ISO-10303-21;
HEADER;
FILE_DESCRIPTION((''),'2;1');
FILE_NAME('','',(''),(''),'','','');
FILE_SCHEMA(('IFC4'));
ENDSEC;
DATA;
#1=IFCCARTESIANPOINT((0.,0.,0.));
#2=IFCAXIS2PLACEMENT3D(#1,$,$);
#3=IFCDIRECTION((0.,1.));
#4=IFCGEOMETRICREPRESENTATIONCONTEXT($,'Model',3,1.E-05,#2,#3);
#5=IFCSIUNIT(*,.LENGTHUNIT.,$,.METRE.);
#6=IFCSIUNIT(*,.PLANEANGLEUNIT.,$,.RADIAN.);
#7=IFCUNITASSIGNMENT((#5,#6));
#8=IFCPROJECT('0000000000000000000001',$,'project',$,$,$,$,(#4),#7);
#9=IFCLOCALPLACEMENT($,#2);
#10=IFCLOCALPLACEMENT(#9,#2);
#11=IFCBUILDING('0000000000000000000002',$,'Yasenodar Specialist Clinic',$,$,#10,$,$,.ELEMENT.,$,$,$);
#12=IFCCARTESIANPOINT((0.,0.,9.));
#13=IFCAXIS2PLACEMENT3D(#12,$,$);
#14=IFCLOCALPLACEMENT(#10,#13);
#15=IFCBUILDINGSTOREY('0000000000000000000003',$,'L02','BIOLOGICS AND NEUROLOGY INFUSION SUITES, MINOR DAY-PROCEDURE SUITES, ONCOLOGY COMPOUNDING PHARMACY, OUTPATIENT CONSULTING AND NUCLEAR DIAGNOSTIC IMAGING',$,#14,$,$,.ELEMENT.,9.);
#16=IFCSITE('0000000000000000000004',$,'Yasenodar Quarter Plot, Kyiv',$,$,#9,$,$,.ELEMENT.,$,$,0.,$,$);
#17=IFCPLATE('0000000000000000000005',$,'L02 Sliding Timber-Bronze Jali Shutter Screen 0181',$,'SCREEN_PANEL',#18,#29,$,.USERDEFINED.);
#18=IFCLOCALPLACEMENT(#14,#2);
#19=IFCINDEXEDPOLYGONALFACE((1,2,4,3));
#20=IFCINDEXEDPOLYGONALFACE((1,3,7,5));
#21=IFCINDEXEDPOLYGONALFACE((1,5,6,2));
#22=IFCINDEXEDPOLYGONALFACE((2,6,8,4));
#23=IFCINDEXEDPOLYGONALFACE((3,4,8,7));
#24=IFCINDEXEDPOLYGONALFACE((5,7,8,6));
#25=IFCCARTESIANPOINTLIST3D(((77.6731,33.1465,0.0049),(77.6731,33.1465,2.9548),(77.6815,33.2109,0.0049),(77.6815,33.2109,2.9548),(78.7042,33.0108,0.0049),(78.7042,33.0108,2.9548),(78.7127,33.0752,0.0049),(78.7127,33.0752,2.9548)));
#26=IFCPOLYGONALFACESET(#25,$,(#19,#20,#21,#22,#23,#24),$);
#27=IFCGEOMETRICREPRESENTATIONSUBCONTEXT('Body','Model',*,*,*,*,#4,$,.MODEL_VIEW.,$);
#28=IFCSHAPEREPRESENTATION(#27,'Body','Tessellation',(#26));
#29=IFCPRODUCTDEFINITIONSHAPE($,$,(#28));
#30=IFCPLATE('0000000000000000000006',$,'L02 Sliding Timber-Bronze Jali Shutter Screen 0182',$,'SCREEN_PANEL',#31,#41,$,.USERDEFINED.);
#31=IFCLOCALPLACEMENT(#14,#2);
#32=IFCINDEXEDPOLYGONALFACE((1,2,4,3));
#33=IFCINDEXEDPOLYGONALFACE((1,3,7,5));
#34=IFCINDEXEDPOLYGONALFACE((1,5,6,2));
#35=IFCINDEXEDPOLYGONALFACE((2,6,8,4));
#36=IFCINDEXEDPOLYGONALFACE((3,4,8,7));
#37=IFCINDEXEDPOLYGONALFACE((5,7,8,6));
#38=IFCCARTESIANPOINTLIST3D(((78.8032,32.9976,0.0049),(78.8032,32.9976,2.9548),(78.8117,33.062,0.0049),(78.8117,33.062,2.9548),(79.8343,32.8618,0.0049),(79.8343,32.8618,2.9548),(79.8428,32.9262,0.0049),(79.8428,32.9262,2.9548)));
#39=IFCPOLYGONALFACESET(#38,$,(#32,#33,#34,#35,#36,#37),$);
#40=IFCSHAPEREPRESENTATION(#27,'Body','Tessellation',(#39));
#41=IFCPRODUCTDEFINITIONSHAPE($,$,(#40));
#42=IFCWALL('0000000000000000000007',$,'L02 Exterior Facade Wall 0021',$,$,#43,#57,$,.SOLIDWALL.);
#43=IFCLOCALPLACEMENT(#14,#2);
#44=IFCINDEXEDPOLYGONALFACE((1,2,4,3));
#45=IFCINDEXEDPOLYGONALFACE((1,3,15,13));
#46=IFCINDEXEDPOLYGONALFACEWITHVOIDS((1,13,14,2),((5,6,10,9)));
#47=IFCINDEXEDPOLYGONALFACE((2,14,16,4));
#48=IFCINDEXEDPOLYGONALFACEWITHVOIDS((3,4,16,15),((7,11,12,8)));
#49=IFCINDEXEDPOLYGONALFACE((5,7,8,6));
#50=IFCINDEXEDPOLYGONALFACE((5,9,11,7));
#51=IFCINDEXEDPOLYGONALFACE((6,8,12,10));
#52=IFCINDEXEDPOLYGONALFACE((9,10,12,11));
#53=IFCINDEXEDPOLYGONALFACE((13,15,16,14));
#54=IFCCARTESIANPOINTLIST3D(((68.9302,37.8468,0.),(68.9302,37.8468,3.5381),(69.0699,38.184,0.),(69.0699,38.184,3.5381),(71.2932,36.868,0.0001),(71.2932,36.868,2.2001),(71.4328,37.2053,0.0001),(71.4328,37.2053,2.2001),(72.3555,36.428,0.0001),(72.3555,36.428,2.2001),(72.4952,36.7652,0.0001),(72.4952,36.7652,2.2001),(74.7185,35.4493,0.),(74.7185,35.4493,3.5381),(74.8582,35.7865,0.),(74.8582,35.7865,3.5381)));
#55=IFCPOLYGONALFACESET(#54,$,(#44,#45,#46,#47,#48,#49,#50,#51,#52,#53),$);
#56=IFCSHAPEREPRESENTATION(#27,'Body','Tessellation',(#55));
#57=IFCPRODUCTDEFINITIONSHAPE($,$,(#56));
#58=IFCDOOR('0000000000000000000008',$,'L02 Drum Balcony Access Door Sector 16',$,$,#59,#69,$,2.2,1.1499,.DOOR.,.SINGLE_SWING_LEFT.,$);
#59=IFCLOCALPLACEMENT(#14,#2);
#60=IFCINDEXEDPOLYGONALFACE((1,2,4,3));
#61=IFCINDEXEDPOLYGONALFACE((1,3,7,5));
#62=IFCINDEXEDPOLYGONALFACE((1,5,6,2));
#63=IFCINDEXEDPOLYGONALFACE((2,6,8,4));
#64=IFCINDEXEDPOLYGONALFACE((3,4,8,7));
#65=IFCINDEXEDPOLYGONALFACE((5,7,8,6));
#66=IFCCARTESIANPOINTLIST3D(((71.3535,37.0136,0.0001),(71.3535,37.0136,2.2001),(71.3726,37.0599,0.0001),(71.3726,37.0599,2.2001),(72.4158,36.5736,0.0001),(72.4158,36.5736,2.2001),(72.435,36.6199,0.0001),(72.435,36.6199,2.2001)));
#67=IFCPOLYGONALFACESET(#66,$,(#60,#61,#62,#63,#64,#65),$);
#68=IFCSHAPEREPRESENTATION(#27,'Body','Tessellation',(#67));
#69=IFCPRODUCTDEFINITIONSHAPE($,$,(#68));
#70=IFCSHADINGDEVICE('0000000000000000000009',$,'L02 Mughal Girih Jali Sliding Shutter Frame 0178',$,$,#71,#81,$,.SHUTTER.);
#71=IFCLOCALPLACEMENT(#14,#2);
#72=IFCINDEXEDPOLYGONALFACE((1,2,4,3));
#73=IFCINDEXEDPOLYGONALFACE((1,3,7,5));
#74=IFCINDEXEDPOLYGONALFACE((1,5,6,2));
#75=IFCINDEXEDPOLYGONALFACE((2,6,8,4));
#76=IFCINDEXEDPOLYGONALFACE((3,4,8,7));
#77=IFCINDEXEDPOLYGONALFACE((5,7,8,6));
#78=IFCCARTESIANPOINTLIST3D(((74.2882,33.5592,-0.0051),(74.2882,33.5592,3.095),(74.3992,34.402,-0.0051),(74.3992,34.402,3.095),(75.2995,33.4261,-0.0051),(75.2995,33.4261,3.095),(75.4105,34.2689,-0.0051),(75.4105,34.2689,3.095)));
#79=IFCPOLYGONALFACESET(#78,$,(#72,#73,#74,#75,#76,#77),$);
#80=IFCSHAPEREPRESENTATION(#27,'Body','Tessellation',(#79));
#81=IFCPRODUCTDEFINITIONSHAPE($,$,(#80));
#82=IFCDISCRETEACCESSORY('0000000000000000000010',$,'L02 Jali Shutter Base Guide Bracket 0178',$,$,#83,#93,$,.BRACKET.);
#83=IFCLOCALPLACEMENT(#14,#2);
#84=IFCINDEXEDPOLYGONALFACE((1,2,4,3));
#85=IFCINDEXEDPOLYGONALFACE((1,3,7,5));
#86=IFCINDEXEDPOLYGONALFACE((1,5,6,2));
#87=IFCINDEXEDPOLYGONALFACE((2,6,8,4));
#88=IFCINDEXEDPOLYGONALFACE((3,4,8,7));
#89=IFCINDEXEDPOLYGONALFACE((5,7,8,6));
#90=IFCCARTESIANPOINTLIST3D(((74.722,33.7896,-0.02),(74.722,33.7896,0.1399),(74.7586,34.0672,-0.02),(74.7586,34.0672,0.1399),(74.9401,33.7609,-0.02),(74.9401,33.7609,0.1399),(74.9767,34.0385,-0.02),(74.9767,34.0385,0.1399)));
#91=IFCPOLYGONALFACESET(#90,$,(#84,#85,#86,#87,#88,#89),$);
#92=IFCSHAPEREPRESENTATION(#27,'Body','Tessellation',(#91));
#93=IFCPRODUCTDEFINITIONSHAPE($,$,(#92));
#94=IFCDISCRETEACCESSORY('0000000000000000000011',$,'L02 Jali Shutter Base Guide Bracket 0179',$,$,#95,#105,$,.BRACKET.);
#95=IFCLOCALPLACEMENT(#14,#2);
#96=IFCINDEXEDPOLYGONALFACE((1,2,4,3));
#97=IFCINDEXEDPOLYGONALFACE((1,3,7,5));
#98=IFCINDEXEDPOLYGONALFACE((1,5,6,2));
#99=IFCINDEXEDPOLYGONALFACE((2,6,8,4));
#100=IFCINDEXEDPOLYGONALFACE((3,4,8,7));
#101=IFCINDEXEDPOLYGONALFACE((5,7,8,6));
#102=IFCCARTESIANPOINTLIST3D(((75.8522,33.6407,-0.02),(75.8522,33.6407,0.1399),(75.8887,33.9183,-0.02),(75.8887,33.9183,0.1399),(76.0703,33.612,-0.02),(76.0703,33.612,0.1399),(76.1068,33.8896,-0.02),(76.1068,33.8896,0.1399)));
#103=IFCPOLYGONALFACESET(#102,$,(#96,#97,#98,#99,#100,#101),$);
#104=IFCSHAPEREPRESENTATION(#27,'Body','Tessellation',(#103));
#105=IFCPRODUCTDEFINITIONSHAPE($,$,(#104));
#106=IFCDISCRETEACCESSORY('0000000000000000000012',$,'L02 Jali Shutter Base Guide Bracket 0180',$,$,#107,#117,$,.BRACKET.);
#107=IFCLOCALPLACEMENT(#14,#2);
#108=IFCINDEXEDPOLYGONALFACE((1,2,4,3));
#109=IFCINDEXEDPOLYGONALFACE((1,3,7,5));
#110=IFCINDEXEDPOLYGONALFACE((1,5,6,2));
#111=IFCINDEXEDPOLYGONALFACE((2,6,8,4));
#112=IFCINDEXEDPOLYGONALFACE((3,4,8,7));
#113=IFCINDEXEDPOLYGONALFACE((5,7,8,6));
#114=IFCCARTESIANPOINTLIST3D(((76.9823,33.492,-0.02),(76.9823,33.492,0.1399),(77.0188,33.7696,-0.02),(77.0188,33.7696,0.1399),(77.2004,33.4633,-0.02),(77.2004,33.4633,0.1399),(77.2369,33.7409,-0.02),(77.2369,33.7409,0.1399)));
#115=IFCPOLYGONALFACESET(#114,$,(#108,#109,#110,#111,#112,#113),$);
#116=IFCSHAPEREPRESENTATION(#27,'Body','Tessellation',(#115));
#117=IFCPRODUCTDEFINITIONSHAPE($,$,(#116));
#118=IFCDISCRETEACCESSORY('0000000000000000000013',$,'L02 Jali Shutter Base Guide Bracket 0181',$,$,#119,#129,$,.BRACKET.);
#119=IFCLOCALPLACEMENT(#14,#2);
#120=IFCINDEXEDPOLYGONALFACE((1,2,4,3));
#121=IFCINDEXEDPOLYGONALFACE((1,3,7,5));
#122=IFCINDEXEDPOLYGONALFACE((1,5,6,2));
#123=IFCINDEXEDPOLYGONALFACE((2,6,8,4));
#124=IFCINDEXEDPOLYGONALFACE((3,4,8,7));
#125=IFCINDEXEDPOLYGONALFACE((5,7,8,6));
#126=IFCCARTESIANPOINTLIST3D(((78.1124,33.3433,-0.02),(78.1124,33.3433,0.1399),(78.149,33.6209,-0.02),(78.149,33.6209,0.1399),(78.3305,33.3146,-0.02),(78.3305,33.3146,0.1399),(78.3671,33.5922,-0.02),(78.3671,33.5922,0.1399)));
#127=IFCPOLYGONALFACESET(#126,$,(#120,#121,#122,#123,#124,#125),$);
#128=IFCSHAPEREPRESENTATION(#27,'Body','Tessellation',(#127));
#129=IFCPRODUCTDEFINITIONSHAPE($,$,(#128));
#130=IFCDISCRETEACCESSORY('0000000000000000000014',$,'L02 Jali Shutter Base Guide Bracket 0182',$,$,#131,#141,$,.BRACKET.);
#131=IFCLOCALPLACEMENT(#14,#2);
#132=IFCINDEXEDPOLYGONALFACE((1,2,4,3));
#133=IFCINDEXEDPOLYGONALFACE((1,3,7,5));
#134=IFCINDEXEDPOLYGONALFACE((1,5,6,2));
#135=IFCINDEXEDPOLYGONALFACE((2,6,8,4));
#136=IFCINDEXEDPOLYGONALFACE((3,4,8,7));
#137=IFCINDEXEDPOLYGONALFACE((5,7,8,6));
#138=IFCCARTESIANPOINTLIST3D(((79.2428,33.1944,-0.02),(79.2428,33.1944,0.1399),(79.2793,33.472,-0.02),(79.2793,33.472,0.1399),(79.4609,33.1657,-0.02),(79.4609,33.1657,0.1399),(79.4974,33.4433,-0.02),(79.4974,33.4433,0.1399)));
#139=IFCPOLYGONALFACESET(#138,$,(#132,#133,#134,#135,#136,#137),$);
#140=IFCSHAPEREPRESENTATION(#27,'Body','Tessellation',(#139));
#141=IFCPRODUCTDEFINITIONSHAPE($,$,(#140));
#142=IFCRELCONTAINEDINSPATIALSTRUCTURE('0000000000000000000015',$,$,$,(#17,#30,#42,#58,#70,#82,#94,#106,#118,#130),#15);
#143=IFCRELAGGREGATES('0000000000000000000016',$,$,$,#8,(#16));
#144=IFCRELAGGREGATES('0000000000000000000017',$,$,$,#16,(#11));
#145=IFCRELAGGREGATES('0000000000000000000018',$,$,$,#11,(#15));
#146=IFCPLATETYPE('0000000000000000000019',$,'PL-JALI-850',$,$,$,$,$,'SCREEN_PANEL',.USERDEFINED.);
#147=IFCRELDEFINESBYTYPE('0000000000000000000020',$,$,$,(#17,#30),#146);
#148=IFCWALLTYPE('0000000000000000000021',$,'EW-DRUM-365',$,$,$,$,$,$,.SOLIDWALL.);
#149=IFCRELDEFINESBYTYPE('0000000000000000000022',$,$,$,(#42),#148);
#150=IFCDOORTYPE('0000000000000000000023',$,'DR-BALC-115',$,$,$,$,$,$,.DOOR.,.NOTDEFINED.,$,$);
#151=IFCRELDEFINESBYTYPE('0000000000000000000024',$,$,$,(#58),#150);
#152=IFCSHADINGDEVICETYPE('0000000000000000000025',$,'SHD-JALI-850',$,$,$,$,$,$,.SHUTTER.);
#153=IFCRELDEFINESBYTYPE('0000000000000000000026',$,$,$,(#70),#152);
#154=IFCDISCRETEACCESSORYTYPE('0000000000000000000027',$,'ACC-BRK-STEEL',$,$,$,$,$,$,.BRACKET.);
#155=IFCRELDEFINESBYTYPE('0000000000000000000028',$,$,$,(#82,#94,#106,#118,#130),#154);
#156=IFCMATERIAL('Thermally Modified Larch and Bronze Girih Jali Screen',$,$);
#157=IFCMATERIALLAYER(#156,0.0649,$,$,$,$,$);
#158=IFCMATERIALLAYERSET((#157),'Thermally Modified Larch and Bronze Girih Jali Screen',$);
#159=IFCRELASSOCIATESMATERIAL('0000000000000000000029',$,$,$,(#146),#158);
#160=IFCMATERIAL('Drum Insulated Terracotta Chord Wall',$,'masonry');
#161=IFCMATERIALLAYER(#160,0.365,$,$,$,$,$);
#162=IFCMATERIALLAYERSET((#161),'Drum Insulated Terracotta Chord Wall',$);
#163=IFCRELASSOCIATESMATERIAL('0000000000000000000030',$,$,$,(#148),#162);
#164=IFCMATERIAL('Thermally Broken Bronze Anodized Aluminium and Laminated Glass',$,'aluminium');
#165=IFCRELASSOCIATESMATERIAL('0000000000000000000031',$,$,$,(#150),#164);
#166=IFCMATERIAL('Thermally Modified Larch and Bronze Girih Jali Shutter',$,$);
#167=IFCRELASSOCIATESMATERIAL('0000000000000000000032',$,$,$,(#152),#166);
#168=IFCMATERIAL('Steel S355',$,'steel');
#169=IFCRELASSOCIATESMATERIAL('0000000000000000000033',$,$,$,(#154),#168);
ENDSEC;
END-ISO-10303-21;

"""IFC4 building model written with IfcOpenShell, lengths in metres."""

from ifc_helpers import new_model, si_unit, direction, frame, frame_2d, origin, origin_2d, place, context, subcontext, project, spatial, rectangle, extrude, material, layer, layer_set, type_object, element, fill, save


model = new_model("IFC4")

# Units and contexts
model_context = context("Model", 3, precision=1e-05, world=origin(), true_north=direction((0.0, 1.0)))
body_context = subcontext(model_context, "Body", "Model", "MODEL_VIEW")
ifc_project = project(units=[si_unit("LENGTHUNIT", "METRE"), si_unit("PLANEANGLEUNIT", "RADIAN")], contexts=[model_context])

# Site, building, storey
site_placement = place(None, origin())
site = spatial("IfcSite", under=ifc_project, at=site_placement, Name="Yasenodar Quarter Plot, Kyiv", CompositionType="ELEMENT", RefElevation=0.0)
building_placement = place(site_placement, origin())
building = spatial("IfcBuilding", under=site, at=building_placement, Name="Yasenodar Specialist Clinic", CompositionType="ELEMENT")
storey_placement = place(building_placement, frame((0.0, 0.0, 9.0)))
storey = spatial("IfcBuildingStorey", under=building, at=storey_placement, Name="L02", Description="BIOLOGICS AND NEUROLOGY INFUSION SUITES, MINOR DAY-PROCEDURE SUITES, ONCOLOGY COMPOUNDING PHARMACY, OUTPATIENT CONSULTING AND NUCLEAR DIAGNOSTIC IMAGING", CompositionType="ELEMENT", Elevation=9.0)

# Plates
ifc_material_1 = material(Name="Thermally Modified Larch and Bronze Girih Jali Screen")
ifc_layer_1 = layer(ifc_material_1, 0.0649)
ifc_layer_set_1 = layer_set([ifc_layer_1], Name="Thermally Modified Larch and Bronze Girih Jali Screen")
plate_type_1 = type_object("IfcPlateType", Name="PL-JALI-850", ElementType="SCREEN_PANEL", PredefinedType="USERDEFINED", material=ifc_layer_set_1)
for number, where, z_axis, x_axis, name in (
    (1, (78.1929, 33.1108, 0.0049), (0.0, 0.0, 1.0), (0.991446, -0.130519, 0.0), "L02 Sliding Timber-Bronze Jali Shutter Screen 0181"),
    (2, (79.323, 32.9619, 0.0049), (0.0, 0.0, 1.0), (0.991446, -0.130519, 0.0), "L02 Sliding Timber-Bronze Jali Shutter Screen 0182"),
):
    element("IfcPlate", number, at=place(storey_placement, frame(where, z_axis=z_axis, x_axis=x_axis)), inside=storey, type_object=plate_type_1, Name=name, ObjectType="SCREEN_PANEL", PredefinedType="USERDEFINED", context=body_context, shape_type="SweptSolid", body=[
        extrude(rectangle(XDim=1.04, YDim=0.0649, at=origin_2d()), origin(), (0.0, 0.0, 1.0), 2.95),
    ])

# Wall, opening, door
ifc_material_2 = material(Name="Drum Insulated Terracotta Chord Wall", Category="masonry")
ifc_layer_2 = layer(ifc_material_2, 0.365)
ifc_layer_set_2 = layer_set([ifc_layer_2], Name="Drum Insulated Terracotta Chord Wall")
wall_type = type_object("IfcWallType", Name="EW-DRUM-365", PredefinedType="SOLIDWALL", material=ifc_layer_set_2)
wall_placement = place(storey_placement, frame((74.7883, 35.6179, 0.0), z_axis=(0.0, 0.0, 1.0), x_axis=(-0.923888, 0.382664, 0.0)))
wall = element("IfcWall", 3, at=wall_placement, inside=storey, type_object=wall_type, Name="L02 Exterior Facade Wall 0021", PredefinedType="SOLIDWALL", context=body_context, shape_type="SweptSolid", body=[
    extrude(rectangle(XDim=6.2651, YDim=0.365, at=frame_2d((3.1326, 0.0))), origin(), (0.0, 0.0, 1.0), 3.5381),
])
opening_placement = place(wall_placement, frame((2.5576, 0.0, 0.0)))
opening = element("IfcOpeningElement", 4, at=opening_placement, cuts=wall, PredefinedType="OPENING", context=body_context, shape_type="SweptSolid", body=[
    extrude(rectangle(XDim=1.1499, YDim=2.2, at=frame_2d((0.575, 1.1001))), frame((0.0, 0.1924, 0.0), z_axis=(0.0, -1.0, 0.0), x_axis=(1.0, 0.0, 0.0)), (0.0, 0.0, 1.0), 0.385),
])
ifc_material_3 = material(Name="Thermally Broken Bronze Anodized Aluminium and Laminated Glass", Category="aluminium")
door_type = type_object("IfcDoorType", Name="DR-BALC-115", OperationType="NOTDEFINED", PredefinedType="DOOR", material=ifc_material_3)
door_placement = place(opening_placement, origin())
door = element("IfcDoor", 5, at=door_placement, inside=storey, type_object=door_type, Name="L02 Drum Balcony Access Door Sector 16", OperationType="SINGLE_SWING_LEFT", OverallHeight=2.2, OverallWidth=1.1499, PredefinedType="DOOR", context=body_context, shape_type="SweptSolid", body=[
    extrude(rectangle(XDim=1.1499, YDim=2.2, at=frame_2d((0.575, 1.1001))), frame((0.0, 0.0249, 0.0), z_axis=(0.0, -1.0, 0.0), x_axis=(1.0, 0.0, 0.0)), (0.0, 0.0, 1.0), 0.05),
])
fill(opening, door)

# Shading device
ifc_material_4 = material(Name="Thermally Modified Larch and Bronze Girih Jali Shutter")
shading_device_type = type_object("IfcShadingDeviceType", Name="SHD-JALI-850", PredefinedType="SHUTTER", material=ifc_material_4)
shading_device_placement = place(storey_placement, frame((74.8494, 33.9141, -0.0051), z_axis=(0.0, 0.0, 1.0), x_axis=(0.991446, -0.130519, 0.0)))
element("IfcShadingDevice", 6, at=shading_device_placement, inside=storey, type_object=shading_device_type, Name="L02 Mughal Girih Jali Sliding Shutter Frame 0178", PredefinedType="SHUTTER", context=body_context, shape_type="SweptSolid", body=[
    extrude(rectangle(XDim=1.02, YDim=0.8501, at=origin_2d()), origin(), (0.0, 0.0, 1.0), 3.1001),
])

# Discrete accessories
ifc_material_5 = material(Name="Steel S355", Category="steel")
discrete_accessory_type = type_object("IfcDiscreteAccessoryType", Name="ACC-BRK-STEEL", PredefinedType="BRACKET", material=ifc_material_5)
for number, where, z_axis, x_axis, name in (
    (7, (74.8494, 33.9141, -0.02), (0.0, 0.0, 1.0), (0.991446, -0.130519, 0.0), "L02 Jali Shutter Base Guide Bracket 0178"),
    (8, (75.9795, 33.7651, -0.02), (0.0, 0.0, 1.0), (0.991446, -0.130519, 0.0), "L02 Jali Shutter Base Guide Bracket 0179"),
    (9, (77.1096, 33.6165, -0.02), (0.0, 0.0, 1.0), (0.991446, -0.130519, 0.0), "L02 Jali Shutter Base Guide Bracket 0180"),
    (10, (78.2397, 33.4678, -0.02), (0.0, 0.0, 1.0), (0.991446, -0.130519, 0.0), "L02 Jali Shutter Base Guide Bracket 0181"),
    (11, (79.3701, 33.3188, -0.02), (0.0, 0.0, 1.0), (0.991446, -0.130519, 0.0), "L02 Jali Shutter Base Guide Bracket 0182"),
):
    element("IfcDiscreteAccessory", number, at=place(storey_placement, frame(where, z_axis=z_axis, x_axis=x_axis)), inside=storey, type_object=discrete_accessory_type, Name=name, PredefinedType="BRACKET", context=body_context, shape_type="SweptSolid", body=[
        extrude(rectangle(XDim=0.22, YDim=0.28, at=origin_2d()), origin(), (0.0, 0.0, 1.0), 0.1599),
    ])

save(model, "model.ifc")
